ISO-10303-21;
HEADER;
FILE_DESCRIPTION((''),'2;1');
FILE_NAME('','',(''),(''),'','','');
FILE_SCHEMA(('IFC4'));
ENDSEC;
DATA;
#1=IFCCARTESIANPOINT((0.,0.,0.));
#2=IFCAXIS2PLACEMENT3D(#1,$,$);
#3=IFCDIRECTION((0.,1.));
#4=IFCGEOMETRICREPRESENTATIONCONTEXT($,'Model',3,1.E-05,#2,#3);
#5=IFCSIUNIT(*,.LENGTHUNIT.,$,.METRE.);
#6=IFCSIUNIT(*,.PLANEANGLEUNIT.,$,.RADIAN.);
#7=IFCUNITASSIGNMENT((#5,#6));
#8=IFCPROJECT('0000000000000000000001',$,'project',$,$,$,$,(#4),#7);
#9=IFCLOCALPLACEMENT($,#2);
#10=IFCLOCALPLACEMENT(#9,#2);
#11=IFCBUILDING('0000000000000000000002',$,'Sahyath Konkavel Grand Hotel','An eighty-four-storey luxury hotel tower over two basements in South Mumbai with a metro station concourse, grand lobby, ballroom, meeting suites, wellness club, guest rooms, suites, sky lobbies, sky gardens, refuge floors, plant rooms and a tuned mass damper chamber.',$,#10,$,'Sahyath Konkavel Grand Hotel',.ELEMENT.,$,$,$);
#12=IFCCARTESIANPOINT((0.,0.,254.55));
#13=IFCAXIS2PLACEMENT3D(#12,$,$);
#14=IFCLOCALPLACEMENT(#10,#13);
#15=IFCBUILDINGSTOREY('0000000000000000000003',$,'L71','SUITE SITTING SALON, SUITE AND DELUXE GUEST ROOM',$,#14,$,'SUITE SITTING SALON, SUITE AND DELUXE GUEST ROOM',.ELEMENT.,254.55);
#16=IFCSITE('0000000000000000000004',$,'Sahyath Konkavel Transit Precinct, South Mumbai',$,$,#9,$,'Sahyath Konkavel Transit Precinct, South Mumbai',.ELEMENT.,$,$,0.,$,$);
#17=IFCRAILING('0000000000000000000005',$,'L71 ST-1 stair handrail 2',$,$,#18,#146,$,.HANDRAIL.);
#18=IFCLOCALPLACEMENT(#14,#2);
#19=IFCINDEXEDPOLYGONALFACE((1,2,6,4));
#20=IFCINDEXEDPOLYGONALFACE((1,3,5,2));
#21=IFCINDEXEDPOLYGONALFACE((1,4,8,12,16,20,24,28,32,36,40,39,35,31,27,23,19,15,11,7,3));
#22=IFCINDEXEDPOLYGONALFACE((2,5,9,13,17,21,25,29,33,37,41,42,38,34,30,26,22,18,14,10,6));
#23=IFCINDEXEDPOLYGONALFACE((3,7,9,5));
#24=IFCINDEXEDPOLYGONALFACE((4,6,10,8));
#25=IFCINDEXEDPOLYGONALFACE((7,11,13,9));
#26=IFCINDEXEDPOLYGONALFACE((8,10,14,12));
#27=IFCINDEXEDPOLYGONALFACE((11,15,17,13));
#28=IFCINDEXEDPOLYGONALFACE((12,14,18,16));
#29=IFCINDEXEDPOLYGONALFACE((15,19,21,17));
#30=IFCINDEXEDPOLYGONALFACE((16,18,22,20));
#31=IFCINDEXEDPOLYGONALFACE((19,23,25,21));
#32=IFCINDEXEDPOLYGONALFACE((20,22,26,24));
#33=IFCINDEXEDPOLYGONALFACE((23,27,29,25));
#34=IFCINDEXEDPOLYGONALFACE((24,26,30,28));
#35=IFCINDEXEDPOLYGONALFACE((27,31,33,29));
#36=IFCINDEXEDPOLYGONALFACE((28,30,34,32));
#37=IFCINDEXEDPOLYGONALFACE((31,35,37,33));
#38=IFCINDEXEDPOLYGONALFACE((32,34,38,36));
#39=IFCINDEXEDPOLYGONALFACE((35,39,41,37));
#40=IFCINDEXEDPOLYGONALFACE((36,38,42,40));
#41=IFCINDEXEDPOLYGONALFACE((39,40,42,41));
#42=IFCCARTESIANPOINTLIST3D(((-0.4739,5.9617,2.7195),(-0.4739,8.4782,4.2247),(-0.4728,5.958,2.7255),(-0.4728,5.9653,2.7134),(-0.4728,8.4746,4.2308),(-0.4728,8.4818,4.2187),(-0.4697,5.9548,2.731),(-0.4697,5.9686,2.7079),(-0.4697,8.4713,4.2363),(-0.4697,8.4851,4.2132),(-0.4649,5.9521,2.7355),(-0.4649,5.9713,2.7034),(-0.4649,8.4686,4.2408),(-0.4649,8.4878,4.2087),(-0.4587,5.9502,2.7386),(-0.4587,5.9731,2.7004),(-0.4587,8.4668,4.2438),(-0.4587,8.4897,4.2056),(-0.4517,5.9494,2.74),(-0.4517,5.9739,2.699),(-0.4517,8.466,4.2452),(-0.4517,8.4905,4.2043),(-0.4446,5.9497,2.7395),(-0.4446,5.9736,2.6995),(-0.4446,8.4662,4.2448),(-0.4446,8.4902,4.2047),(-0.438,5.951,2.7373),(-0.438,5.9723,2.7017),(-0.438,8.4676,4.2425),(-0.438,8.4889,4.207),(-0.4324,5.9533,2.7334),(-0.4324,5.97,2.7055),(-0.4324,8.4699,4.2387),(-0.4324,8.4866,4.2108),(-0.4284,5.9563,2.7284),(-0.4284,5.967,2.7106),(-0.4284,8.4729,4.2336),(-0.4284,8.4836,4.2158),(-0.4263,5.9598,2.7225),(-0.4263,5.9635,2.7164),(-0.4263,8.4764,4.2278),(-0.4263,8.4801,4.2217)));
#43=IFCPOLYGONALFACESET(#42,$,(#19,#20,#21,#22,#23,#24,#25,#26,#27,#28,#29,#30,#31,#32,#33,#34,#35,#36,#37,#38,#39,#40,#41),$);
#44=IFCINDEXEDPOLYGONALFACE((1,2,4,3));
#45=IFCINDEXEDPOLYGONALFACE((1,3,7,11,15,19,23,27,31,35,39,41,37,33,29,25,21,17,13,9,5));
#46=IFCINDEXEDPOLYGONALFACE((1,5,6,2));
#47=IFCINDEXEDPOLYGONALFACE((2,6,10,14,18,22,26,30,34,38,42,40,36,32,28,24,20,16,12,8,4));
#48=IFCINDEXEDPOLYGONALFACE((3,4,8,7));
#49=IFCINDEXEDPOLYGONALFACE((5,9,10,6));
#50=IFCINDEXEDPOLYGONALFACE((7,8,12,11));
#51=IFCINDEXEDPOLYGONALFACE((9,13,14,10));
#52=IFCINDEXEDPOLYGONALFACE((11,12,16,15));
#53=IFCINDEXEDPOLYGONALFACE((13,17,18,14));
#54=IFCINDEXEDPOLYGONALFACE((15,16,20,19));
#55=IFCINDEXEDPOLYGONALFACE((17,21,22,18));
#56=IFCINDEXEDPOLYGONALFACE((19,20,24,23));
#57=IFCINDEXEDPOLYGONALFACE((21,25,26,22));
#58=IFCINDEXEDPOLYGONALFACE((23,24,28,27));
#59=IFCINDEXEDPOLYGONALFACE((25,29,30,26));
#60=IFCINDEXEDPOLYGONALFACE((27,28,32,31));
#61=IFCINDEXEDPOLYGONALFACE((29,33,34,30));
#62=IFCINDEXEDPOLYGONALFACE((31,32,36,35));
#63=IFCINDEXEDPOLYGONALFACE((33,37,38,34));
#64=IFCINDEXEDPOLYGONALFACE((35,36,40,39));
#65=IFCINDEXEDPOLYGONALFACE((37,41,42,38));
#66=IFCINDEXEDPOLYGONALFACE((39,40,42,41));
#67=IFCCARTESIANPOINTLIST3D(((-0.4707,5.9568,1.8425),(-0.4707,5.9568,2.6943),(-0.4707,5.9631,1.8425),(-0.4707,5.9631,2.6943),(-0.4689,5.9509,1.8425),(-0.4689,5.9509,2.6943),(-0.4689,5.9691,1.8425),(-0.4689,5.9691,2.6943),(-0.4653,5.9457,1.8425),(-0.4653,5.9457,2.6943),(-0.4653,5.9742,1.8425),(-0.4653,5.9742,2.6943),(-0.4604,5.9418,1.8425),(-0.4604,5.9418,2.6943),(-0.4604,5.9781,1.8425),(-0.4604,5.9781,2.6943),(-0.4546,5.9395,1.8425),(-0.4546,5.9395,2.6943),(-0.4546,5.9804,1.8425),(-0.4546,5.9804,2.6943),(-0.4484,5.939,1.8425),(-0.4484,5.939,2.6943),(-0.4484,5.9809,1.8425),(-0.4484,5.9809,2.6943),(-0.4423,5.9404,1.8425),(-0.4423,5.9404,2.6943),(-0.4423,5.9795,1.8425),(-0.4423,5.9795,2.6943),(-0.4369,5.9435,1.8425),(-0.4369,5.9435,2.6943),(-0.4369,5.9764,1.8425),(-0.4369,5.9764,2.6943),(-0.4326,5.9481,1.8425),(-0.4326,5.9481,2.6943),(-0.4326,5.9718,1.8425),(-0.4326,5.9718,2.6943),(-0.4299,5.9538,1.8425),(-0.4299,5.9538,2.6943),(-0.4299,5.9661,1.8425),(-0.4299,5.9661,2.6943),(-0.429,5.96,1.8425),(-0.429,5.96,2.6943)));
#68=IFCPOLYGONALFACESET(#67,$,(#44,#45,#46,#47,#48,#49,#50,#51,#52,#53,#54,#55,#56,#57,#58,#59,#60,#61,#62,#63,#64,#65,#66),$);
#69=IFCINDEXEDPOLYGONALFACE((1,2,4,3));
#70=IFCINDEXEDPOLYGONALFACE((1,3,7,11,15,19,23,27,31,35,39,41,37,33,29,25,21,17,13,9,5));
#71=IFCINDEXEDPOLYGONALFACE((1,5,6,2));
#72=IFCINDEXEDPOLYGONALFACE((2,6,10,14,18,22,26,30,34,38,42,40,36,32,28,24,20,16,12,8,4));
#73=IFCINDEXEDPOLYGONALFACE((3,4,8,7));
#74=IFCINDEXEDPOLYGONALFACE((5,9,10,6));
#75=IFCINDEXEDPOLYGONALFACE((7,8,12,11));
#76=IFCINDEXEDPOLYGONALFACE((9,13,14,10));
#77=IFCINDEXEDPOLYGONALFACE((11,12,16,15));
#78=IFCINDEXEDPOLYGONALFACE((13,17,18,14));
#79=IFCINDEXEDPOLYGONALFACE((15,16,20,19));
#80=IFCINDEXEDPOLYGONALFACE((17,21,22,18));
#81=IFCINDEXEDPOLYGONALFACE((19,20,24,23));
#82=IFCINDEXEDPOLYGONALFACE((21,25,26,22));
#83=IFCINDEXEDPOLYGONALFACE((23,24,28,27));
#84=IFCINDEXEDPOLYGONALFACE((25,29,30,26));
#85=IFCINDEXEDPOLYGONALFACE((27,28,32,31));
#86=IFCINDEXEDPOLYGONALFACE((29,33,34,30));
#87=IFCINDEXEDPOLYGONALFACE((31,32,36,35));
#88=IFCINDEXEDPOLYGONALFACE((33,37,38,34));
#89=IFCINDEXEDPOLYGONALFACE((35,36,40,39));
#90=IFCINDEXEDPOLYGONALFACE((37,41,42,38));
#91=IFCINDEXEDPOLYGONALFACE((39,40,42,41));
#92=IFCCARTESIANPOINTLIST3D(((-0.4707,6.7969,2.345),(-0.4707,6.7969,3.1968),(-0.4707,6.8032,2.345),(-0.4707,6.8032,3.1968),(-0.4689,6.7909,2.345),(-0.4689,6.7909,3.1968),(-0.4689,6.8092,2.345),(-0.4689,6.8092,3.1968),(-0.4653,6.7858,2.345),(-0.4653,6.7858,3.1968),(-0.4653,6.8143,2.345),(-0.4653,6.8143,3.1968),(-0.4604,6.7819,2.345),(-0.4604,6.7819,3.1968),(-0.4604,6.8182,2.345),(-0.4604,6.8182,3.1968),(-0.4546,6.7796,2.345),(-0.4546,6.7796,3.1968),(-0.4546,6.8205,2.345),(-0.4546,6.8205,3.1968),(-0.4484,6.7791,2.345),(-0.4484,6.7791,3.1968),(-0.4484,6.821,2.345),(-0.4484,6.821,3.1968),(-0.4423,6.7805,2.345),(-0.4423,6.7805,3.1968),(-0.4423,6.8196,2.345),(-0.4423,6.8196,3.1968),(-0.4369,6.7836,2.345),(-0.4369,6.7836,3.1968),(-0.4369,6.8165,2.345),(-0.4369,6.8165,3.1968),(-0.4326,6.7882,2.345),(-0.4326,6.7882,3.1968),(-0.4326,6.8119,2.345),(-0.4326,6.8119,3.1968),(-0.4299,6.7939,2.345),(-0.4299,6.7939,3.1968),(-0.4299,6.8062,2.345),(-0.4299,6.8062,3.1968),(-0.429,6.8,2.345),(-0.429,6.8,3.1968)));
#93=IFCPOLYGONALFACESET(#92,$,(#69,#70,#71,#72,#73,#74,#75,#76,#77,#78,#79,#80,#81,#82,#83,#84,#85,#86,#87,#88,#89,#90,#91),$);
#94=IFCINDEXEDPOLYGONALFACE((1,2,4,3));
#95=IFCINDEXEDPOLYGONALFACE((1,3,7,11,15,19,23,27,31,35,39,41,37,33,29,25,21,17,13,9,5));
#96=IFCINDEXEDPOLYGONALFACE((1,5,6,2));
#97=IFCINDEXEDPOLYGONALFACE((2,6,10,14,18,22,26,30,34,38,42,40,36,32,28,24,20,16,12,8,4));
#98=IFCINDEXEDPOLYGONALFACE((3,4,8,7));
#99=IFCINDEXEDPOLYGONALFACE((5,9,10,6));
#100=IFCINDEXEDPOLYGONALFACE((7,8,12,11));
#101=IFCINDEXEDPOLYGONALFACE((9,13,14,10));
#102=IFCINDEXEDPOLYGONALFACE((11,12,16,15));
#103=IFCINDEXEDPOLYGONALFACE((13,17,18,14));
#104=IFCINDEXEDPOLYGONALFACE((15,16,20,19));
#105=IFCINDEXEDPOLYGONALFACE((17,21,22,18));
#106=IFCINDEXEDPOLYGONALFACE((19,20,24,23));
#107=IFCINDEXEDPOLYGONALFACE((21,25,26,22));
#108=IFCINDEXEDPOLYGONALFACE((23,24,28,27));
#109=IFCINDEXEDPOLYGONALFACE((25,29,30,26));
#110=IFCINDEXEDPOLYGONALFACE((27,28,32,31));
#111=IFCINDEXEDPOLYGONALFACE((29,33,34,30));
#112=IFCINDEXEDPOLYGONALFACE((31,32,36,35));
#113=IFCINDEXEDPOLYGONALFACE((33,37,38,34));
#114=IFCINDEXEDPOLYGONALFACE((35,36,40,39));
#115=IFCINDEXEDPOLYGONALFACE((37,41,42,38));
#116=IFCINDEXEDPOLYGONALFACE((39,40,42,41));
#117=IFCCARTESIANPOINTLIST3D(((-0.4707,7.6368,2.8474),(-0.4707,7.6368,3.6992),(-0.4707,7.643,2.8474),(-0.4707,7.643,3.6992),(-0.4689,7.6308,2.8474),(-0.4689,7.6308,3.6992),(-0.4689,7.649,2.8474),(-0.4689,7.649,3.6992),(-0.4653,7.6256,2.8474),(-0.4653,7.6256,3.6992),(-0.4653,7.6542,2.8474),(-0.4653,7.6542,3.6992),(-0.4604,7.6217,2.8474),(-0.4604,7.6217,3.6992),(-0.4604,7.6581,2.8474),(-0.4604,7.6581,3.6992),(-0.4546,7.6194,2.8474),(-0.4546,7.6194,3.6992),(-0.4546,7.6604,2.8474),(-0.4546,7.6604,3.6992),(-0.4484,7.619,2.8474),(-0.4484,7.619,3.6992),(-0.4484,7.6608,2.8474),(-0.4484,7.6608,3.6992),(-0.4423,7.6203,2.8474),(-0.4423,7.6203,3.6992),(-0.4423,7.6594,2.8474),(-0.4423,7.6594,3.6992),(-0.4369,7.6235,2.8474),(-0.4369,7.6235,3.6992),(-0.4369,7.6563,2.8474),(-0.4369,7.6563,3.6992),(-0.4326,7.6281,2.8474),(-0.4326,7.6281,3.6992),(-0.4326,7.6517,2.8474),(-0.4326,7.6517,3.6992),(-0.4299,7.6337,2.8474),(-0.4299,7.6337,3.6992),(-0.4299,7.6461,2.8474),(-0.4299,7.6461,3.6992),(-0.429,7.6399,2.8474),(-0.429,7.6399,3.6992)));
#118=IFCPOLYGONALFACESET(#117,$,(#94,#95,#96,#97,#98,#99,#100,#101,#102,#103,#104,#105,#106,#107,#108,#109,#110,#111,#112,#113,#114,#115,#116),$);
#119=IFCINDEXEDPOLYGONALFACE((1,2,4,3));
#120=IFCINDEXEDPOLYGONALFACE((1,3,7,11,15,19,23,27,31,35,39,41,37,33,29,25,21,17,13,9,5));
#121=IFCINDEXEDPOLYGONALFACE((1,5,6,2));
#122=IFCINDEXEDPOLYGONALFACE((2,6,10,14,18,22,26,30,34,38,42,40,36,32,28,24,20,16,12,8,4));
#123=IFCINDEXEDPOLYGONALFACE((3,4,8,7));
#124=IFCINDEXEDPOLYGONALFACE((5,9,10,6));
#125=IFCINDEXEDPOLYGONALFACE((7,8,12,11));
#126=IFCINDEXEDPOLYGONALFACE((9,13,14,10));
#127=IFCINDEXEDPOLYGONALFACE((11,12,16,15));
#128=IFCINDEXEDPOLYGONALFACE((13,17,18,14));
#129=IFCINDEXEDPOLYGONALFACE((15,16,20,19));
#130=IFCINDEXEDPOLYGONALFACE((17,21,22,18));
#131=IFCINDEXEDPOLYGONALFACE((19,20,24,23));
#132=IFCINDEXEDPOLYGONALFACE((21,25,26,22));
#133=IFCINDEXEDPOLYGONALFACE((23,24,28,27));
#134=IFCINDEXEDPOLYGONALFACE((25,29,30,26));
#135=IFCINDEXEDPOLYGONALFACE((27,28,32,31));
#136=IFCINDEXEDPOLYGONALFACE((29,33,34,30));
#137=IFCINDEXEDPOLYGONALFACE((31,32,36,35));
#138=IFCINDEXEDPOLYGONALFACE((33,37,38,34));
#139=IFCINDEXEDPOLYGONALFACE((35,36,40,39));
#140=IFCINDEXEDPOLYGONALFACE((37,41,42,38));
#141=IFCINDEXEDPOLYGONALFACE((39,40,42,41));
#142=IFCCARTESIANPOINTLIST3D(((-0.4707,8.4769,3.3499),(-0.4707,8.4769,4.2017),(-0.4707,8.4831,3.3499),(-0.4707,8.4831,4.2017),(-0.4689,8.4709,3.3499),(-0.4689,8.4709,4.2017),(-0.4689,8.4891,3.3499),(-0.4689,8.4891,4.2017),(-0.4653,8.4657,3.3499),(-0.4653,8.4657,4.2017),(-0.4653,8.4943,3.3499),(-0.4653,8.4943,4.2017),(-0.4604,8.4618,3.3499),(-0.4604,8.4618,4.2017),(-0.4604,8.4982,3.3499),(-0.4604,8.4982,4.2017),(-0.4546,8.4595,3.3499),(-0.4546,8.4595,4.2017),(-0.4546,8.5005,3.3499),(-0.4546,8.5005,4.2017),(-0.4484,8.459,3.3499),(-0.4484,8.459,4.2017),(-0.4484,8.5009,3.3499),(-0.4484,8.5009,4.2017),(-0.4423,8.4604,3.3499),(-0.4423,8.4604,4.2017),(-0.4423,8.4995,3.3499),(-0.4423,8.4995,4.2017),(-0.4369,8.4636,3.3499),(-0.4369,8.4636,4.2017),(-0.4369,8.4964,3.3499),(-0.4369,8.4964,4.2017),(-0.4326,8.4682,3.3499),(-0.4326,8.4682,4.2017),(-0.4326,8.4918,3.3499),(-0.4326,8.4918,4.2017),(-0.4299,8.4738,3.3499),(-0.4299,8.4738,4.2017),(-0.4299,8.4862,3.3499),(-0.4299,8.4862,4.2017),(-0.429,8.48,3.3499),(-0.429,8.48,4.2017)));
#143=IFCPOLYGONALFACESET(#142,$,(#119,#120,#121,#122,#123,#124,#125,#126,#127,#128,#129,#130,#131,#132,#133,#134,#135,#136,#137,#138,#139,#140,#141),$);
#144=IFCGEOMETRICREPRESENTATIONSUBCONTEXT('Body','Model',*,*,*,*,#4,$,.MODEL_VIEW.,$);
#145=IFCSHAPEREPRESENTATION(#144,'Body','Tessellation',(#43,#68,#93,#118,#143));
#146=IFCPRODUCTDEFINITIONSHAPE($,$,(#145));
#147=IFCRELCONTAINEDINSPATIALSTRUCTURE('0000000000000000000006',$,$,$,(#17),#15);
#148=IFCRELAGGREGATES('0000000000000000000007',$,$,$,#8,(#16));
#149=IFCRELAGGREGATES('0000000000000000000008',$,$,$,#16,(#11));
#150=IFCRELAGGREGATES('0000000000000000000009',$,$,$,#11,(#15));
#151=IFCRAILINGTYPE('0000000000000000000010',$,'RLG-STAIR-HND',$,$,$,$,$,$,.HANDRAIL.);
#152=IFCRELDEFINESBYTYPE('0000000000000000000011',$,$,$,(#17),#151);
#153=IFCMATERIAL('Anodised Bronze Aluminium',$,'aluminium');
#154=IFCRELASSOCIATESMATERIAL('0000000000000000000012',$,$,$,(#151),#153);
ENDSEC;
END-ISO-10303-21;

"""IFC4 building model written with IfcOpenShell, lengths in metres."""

from ifc_helpers import new_model, si_unit, direction, frame, origin, origin_2d, place, context, subcontext, project, spatial, circle, extrude, material, type_object, element, save


model = new_model("IFC4")

# Units and contexts
model_context = context("Model", 3, precision=1e-05, world=origin(), true_north=direction((0.0, 1.0)))
body_context = subcontext(model_context, "Body", "Model", "MODEL_VIEW")
ifc_project = project(units=[si_unit("LENGTHUNIT", "METRE"), si_unit("PLANEANGLEUNIT", "RADIAN")], contexts=[model_context])

# Site, building, storey
site_placement = place(None, origin())
site = spatial("IfcSite", under=ifc_project, at=site_placement, Name="Sahyath Konkavel Transit Precinct, South Mumbai", LongName="Sahyath Konkavel Transit Precinct, South Mumbai", CompositionType="ELEMENT", RefElevation=0.0)
building_placement = place(site_placement, origin())
building = spatial("IfcBuilding", under=site, at=building_placement, Name="Sahyath Konkavel Grand Hotel", Description="An eighty-four-storey luxury hotel tower over two basements in South Mumbai with a metro station concourse, grand lobby, ballroom, meeting suites, wellness club, guest rooms, suites, sky lobbies, sky gardens, refuge floors, plant rooms and a tuned mass damper chamber.", LongName="Sahyath Konkavel Grand Hotel", CompositionType="ELEMENT")
storey_placement = place(building_placement, frame((0.0, 0.0, 254.55)))
storey = spatial("IfcBuildingStorey", under=building, at=storey_placement, Name="L71", Description="SUITE SITTING SALON, SUITE AND DELUXE GUEST ROOM", LongName="SUITE SITTING SALON, SUITE AND DELUXE GUEST ROOM", CompositionType="ELEMENT", Elevation=254.55)

# Shared definitions
ifc_material_1 = material(Name="Anodised Bronze Aluminium", Category="aluminium")

# Railing
railing_type_1 = type_object("IfcRailingType", Name="RLG-STAIR-HND", PredefinedType="HANDRAIL", material=ifc_material_1)
railing_1_placement = place(storey_placement, frame((-0.45, 5.96, 1.8425)))
element("IfcRailing", 1, at=railing_1_placement, inside=storey, type_object=railing_type_1, Name="L71 ST-1 stair handrail 2", PredefinedType="HANDRAIL", context=body_context, shape_type="SweptSolid", body=[
    extrude(circle(Radius=0.0239, at=origin_2d()), frame((0.0, 0.0017, 0.877), z_axis=(0.0, 0.858196, 0.513321), x_axis=(-1.0, 0.0, 0.0)), (0.0, 0.0, 1.0), 2.9324),
    extrude(circle(Radius=0.021, at=origin_2d()), origin(), (0.0, 0.0, 1.0), 0.8518),
    extrude(circle(Radius=0.021, at=origin_2d()), frame((0.0, 0.8401, 0.5024)), (0.0, 0.0, 1.0), 0.8518),
    extrude(circle(Radius=0.021, at=origin_2d()), frame((0.0, 1.6799, 1.0049)), (0.0, 0.0, 1.0), 0.8518),
    extrude(circle(Radius=0.021, at=origin_2d()), frame((0.0, 2.52, 1.5073)), (0.0, 0.0, 1.0), 0.8518),
])

save(model, "model.ifc")
